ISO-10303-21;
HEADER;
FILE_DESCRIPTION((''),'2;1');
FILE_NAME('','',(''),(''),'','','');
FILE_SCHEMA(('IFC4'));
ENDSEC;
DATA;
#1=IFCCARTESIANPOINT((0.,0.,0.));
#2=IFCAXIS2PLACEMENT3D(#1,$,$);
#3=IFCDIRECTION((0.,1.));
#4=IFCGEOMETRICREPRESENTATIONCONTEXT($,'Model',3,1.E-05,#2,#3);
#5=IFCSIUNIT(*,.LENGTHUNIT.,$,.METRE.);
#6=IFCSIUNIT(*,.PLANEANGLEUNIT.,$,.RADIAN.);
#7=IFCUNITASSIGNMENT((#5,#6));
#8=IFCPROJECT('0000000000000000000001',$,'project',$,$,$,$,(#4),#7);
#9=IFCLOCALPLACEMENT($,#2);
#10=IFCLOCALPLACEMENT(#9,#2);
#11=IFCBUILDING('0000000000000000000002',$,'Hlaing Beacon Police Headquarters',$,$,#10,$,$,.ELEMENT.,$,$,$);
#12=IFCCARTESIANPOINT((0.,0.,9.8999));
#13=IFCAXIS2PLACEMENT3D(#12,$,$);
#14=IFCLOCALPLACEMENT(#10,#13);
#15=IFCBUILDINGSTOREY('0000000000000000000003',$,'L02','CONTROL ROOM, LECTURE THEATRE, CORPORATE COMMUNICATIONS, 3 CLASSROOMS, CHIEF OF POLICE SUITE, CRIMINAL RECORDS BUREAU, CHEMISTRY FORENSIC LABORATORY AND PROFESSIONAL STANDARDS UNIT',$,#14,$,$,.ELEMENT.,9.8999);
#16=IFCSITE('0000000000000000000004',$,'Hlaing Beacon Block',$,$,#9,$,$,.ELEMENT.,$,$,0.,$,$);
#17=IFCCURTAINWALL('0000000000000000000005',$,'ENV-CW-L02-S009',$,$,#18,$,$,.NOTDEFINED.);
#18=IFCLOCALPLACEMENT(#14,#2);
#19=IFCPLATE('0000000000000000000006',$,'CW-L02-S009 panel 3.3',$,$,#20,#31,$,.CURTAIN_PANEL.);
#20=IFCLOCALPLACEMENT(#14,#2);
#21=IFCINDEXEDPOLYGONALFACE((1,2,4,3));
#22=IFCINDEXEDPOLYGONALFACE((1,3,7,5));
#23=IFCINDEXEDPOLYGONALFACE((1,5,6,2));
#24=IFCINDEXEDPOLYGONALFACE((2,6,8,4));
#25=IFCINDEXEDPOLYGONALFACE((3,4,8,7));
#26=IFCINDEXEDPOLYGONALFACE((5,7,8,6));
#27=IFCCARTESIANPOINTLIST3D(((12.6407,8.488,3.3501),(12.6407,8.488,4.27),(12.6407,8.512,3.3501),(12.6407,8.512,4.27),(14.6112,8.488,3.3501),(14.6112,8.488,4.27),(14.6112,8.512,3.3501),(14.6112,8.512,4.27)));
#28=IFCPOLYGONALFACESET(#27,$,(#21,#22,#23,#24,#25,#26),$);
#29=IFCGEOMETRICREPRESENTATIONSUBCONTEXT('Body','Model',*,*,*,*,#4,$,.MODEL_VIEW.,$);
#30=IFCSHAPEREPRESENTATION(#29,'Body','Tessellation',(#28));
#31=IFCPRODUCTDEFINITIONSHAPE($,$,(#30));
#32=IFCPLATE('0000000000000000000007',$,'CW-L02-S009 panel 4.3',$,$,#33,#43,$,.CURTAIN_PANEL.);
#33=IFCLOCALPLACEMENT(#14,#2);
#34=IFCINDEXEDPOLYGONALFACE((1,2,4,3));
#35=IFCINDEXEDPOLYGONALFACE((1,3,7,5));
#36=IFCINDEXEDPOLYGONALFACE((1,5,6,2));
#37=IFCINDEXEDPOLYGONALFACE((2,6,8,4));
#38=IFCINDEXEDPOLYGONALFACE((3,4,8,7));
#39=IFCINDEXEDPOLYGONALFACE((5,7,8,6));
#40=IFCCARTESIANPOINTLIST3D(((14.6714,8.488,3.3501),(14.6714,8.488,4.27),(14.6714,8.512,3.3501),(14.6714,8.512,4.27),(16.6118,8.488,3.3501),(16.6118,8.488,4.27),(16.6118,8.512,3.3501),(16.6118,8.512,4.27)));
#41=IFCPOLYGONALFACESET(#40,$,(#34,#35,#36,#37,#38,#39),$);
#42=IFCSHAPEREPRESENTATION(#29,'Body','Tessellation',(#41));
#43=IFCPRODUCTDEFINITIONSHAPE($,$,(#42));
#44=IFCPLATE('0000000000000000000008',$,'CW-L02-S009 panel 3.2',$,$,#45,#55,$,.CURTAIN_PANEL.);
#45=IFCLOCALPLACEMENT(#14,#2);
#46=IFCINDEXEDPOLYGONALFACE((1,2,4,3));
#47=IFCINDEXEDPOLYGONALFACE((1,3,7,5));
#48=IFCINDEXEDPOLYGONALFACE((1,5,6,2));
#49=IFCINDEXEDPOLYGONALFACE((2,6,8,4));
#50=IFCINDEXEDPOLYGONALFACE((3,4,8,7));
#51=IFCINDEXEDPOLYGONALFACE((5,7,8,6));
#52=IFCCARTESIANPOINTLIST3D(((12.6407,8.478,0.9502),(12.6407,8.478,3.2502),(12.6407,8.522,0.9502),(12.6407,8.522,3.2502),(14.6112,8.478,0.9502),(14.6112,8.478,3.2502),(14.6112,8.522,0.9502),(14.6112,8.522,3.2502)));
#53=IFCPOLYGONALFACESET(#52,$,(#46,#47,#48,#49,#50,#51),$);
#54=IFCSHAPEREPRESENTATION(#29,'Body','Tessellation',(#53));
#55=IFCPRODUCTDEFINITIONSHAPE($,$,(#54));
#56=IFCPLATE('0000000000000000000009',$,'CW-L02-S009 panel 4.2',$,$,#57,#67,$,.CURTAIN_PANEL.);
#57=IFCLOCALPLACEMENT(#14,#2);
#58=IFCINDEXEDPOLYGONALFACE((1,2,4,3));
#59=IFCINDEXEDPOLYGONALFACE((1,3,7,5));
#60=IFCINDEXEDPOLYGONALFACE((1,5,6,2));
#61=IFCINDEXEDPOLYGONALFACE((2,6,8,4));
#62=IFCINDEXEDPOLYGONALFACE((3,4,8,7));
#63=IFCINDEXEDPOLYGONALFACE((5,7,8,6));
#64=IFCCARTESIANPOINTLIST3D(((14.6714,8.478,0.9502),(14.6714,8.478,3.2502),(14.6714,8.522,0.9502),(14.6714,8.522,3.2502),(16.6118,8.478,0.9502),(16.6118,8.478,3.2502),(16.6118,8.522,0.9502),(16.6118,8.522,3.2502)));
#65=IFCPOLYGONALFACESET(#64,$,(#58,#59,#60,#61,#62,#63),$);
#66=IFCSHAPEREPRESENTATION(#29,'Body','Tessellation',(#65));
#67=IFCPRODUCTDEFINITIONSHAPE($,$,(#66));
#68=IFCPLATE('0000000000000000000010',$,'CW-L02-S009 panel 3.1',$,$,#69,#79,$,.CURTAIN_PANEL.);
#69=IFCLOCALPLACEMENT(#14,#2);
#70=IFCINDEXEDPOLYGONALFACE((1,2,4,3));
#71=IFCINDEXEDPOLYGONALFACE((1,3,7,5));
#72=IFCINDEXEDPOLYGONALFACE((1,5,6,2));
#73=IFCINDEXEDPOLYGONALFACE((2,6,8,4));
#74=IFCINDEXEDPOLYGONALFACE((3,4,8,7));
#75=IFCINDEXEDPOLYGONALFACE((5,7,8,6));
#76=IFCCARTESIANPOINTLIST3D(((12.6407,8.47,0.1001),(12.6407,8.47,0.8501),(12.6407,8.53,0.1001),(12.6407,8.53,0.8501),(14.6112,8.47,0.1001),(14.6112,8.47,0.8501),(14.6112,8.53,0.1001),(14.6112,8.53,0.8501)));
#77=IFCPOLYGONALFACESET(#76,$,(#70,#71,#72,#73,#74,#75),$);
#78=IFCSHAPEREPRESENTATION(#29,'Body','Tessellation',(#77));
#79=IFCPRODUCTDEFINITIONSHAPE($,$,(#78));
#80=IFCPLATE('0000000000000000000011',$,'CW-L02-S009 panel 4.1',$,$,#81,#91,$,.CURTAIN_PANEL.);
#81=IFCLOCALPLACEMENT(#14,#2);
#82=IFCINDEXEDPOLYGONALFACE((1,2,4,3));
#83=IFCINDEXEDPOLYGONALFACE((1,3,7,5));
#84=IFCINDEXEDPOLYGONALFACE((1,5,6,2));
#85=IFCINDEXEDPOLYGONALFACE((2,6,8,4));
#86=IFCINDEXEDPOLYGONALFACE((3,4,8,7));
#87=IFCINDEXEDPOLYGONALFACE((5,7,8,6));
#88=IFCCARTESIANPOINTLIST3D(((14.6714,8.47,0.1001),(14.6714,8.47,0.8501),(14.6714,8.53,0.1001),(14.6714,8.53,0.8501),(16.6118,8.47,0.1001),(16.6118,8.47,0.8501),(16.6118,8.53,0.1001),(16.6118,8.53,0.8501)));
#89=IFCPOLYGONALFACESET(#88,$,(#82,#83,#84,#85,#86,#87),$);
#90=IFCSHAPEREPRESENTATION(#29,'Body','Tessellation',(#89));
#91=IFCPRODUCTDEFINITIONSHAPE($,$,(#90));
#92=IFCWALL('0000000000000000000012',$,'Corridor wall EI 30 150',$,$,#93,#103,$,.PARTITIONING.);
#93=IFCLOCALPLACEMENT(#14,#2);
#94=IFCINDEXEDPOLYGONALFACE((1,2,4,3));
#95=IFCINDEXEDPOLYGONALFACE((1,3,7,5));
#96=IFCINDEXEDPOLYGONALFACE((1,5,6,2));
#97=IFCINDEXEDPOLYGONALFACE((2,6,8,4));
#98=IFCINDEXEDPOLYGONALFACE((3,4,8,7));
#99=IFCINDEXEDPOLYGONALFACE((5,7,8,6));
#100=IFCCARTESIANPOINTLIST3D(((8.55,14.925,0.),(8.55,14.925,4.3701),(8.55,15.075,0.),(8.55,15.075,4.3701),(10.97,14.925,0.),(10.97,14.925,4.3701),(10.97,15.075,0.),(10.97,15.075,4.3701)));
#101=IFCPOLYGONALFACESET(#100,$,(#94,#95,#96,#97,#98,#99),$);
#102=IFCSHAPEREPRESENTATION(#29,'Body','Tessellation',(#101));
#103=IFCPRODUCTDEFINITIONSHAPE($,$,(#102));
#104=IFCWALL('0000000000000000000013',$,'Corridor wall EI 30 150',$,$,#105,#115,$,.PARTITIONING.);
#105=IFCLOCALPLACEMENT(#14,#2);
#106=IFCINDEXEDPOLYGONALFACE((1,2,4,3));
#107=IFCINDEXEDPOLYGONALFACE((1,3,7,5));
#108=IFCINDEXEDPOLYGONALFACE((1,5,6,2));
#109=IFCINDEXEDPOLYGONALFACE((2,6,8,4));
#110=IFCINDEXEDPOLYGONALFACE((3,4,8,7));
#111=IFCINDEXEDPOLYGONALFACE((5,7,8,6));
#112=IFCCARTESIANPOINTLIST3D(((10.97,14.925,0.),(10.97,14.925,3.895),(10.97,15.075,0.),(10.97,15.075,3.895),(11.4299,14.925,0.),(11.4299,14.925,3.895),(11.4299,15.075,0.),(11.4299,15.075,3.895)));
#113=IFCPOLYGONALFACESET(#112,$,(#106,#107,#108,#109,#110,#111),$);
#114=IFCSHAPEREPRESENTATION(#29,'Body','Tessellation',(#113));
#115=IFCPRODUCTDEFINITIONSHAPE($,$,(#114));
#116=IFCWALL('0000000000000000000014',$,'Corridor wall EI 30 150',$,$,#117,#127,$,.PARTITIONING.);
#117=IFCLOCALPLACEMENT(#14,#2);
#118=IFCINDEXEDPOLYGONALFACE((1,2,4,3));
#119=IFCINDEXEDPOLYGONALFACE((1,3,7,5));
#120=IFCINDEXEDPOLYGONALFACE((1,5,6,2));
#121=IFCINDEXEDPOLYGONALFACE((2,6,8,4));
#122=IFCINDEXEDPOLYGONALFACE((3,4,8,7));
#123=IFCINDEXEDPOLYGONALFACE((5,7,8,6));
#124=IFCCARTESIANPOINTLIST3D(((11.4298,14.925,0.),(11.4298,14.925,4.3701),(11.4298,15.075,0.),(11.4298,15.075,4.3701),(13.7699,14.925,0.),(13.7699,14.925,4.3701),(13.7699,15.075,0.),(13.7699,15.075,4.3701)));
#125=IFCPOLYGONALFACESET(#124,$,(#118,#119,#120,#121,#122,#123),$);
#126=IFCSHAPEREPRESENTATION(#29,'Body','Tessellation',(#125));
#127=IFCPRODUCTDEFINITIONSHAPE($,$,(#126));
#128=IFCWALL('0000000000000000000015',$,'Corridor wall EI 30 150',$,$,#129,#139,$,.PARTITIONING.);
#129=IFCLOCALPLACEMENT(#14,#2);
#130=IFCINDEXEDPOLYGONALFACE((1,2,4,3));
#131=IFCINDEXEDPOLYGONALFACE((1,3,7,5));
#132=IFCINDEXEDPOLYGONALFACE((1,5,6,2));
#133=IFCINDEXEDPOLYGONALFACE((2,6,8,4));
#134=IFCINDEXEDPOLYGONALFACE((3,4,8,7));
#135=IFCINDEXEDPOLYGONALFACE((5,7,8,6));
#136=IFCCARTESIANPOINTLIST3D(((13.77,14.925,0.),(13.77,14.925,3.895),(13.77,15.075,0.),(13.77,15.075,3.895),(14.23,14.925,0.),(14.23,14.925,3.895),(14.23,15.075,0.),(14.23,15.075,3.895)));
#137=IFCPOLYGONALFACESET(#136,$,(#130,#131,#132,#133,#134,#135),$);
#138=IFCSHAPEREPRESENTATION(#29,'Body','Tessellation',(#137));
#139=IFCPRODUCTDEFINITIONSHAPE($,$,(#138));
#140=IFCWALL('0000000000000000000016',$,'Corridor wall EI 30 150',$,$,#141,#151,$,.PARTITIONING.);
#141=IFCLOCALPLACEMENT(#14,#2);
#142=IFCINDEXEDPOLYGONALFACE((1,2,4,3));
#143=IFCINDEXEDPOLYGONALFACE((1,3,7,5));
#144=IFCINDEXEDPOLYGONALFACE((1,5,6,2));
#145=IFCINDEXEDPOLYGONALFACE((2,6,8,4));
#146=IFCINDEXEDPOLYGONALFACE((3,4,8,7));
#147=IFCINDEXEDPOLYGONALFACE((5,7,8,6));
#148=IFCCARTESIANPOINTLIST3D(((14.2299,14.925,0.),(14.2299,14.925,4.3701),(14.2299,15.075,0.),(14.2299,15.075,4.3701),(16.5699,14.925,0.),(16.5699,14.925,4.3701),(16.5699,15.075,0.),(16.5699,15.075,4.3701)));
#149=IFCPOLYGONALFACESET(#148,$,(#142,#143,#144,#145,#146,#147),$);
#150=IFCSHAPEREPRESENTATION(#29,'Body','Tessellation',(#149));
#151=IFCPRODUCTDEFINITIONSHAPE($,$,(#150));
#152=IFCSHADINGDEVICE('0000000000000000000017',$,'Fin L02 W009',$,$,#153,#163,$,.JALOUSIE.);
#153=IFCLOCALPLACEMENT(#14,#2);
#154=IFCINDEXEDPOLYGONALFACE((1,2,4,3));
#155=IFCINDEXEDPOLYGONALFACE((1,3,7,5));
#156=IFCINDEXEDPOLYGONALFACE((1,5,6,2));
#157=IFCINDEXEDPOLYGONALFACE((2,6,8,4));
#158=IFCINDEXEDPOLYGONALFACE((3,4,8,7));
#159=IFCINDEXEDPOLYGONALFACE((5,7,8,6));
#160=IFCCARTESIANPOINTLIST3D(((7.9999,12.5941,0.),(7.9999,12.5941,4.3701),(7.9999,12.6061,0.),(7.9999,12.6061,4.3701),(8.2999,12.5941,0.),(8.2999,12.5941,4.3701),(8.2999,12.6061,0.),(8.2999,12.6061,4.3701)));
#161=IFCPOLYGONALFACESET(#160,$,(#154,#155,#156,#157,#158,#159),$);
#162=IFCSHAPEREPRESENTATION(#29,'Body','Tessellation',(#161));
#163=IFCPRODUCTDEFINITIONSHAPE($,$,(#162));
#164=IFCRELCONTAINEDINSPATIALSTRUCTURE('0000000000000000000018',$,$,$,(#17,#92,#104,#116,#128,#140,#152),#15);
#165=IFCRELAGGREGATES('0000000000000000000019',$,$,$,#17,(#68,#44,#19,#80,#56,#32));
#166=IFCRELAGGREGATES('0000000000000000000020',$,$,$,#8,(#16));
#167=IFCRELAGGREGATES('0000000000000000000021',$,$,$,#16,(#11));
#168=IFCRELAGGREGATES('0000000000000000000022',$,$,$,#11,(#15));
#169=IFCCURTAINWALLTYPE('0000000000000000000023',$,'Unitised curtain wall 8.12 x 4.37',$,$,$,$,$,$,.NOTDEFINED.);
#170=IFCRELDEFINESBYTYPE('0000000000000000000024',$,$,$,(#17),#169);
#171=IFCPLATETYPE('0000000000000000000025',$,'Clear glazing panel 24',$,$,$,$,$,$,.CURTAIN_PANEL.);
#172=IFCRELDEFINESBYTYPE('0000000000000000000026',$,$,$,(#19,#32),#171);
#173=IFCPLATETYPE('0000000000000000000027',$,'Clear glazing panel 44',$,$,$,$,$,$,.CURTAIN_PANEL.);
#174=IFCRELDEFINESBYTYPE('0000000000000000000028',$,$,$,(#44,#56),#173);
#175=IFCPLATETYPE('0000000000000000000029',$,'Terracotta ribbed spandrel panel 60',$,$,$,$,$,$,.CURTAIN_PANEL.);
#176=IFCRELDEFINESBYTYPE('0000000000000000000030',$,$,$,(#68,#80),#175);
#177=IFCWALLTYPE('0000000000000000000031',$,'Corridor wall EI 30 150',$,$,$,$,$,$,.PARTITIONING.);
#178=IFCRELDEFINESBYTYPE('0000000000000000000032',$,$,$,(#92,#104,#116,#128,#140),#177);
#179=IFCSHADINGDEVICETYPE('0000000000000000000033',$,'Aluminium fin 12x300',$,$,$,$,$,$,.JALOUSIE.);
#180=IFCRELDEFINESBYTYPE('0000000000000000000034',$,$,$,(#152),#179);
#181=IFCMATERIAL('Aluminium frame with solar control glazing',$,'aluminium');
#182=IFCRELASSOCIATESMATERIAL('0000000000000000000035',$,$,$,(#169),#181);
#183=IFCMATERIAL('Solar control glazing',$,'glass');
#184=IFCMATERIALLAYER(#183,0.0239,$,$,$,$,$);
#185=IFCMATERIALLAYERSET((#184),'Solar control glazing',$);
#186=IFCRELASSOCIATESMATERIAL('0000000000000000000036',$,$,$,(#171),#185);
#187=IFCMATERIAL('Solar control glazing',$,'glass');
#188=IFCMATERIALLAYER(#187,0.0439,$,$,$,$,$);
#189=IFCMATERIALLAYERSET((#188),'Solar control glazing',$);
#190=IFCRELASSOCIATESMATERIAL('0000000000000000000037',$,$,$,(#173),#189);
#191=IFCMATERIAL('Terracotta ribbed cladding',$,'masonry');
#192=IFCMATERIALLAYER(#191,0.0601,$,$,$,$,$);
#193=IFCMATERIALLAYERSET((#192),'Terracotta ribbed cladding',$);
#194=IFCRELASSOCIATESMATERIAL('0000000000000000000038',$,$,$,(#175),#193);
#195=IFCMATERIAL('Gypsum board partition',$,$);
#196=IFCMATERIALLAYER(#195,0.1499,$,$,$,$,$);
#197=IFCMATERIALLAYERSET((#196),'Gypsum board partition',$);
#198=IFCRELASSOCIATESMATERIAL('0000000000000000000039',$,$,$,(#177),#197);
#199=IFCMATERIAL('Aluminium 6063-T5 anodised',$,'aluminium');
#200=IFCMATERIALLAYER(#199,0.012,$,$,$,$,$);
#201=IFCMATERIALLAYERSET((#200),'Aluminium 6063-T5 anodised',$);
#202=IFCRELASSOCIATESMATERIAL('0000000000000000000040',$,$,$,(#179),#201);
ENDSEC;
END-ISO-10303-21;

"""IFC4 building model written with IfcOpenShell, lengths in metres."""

from ifc_helpers import new_model, si_unit, direction, frame, frame_2d, origin, origin_2d, place, context, subcontext, project, spatial, rectangle, extrude, material, layer, layer_set, type_object, element, aggregate, save


model = new_model("IFC4")

# Units and contexts
model_context = context("Model", 3, precision=1e-05, world=origin(), true_north=direction((0.0, 1.0)))
body_context = subcontext(model_context, "Body", "Model", "MODEL_VIEW")
ifc_project = project(units=[si_unit("LENGTHUNIT", "METRE"), si_unit("PLANEANGLEUNIT", "RADIAN")], contexts=[model_context])

# Site, building, storey
site_placement = place(None, origin())
site = spatial("IfcSite", under=ifc_project, at=site_placement, Name="Hlaing Beacon Block", CompositionType="ELEMENT", RefElevation=0.0)
building_placement = place(site_placement, origin())
building = spatial("IfcBuilding", under=site, at=building_placement, Name="Hlaing Beacon Police Headquarters", CompositionType="ELEMENT")
storey_placement = place(building_placement, frame((0.0, 0.0, 9.8999)))
storey = spatial("IfcBuildingStorey", under=building, at=storey_placement, Name="L02", Description="CONTROL ROOM, LECTURE THEATRE, CORPORATE COMMUNICATIONS, 3 CLASSROOMS, CHIEF OF POLICE SUITE, CRIMINAL RECORDS BUREAU, CHEMISTRY FORENSIC LABORATORY AND PROFESSIONAL STANDARDS UNIT", CompositionType="ELEMENT", Elevation=9.8999)

# Curtain wall, plates
ifc_material_1 = material(Name="Aluminium frame with solar control glazing", Category="aluminium")
curtain_wall_type = type_object("IfcCurtainWallType", Name="Unitised curtain wall 8.12 x 4.37", PredefinedType="NOTDEFINED", material=ifc_material_1)
curtain_wall_placement = place(storey_placement, origin())
curtain_wall = element("IfcCurtainWall", 1, at=curtain_wall_placement, inside=storey, type_object=curtain_wall_type, Name="ENV-CW-L02-S009", PredefinedType="NOTDEFINED")
ifc_material_2 = material(Name="Solar control glazing", Category="glass")
ifc_layer_1 = layer(ifc_material_2, 0.0239)
ifc_layer_set_1 = layer_set([ifc_layer_1], Name="Solar control glazing")
plate_type_1 = type_object("IfcPlateType", Name="Clear glazing panel 24", PredefinedType="CURTAIN_PANEL", material=ifc_layer_set_1)
plate_1_placement = place(storey_placement, frame((13.626, 8.5, 3.3501), z_axis=(0.0, 0.0, 1.0), x_axis=(1.0, 0.0, 0.0)))
plate_1 = element("IfcPlate", 2, at=plate_1_placement, type_object=plate_type_1, Name="CW-L02-S009 panel 3.3", PredefinedType="CURTAIN_PANEL", context=body_context, shape_type="SweptSolid", body=[
    extrude(rectangle(XDim=1.9705, YDim=0.0239, at=origin_2d()), origin(), (0.0, 0.0, 1.0), 0.9199),
])
plate_2_placement = place(storey_placement, frame((15.6416, 8.5, 3.3501), z_axis=(0.0, 0.0, 1.0), x_axis=(1.0, 0.0, 0.0)))
plate_2 = element("IfcPlate", 3, at=plate_2_placement, type_object=plate_type_1, Name="CW-L02-S009 panel 4.3", PredefinedType="CURTAIN_PANEL", context=body_context, shape_type="SweptSolid", body=[
    extrude(rectangle(XDim=1.9404, YDim=0.0239, at=origin_2d()), origin(), (0.0, 0.0, 1.0), 0.9199),
])
ifc_material_3 = material(Name="Solar control glazing", Category="glass")
ifc_layer_2 = layer(ifc_material_3, 0.0439)
ifc_layer_set_2 = layer_set([ifc_layer_2], Name="Solar control glazing")
plate_type_2 = type_object("IfcPlateType", Name="Clear glazing panel 44", PredefinedType="CURTAIN_PANEL", material=ifc_layer_set_2)
plate_3_placement = place(storey_placement, frame((13.626, 8.5, 0.9502), z_axis=(0.0, 0.0, 1.0), x_axis=(1.0, 0.0, 0.0)))
plate_3 = element("IfcPlate", 4, at=plate_3_placement, type_object=plate_type_2, Name="CW-L02-S009 panel 3.2", PredefinedType="CURTAIN_PANEL", context=body_context, shape_type="SweptSolid", body=[
    extrude(rectangle(XDim=1.9705, YDim=0.0439, at=origin_2d()), origin(), (0.0, 0.0, 1.0), 2.3),
])
plate_4_placement = place(storey_placement, frame((15.6416, 8.5, 0.9502), z_axis=(0.0, 0.0, 1.0), x_axis=(1.0, 0.0, 0.0)))
plate_4 = element("IfcPlate", 5, at=plate_4_placement, type_object=plate_type_2, Name="CW-L02-S009 panel 4.2", PredefinedType="CURTAIN_PANEL", context=body_context, shape_type="SweptSolid", body=[
    extrude(rectangle(XDim=1.9404, YDim=0.0439, at=origin_2d()), origin(), (0.0, 0.0, 1.0), 2.3),
])
ifc_material_4 = material(Name="Terracotta ribbed cladding", Category="masonry")
ifc_layer_3 = layer(ifc_material_4, 0.0601)
ifc_layer_set_3 = layer_set([ifc_layer_3], Name="Terracotta ribbed cladding")
plate_type_3 = type_object("IfcPlateType", Name="Terracotta ribbed spandrel panel 60", PredefinedType="CURTAIN_PANEL", material=ifc_layer_set_3)
plate_5_placement = place(storey_placement, frame((13.626, 8.5, 0.1001), z_axis=(0.0, 0.0, 1.0), x_axis=(1.0, 0.0, 0.0)))
plate_5 = element("IfcPlate", 6, at=plate_5_placement, type_object=plate_type_3, Name="CW-L02-S009 panel 3.1", PredefinedType="CURTAIN_PANEL", context=body_context, shape_type="SweptSolid", body=[
    extrude(rectangle(XDim=1.9705, YDim=0.0601, at=origin_2d()), origin(), (0.0, 0.0, 1.0), 0.75),
])
plate_6_placement = place(storey_placement, frame((15.6416, 8.5, 0.1001), z_axis=(0.0, 0.0, 1.0), x_axis=(1.0, 0.0, 0.0)))
plate_6 = element("IfcPlate", 7, at=plate_6_placement, type_object=plate_type_3, Name="CW-L02-S009 panel 4.1", PredefinedType="CURTAIN_PANEL", context=body_context, shape_type="SweptSolid", body=[
    extrude(rectangle(XDim=1.9404, YDim=0.0601, at=origin_2d()), origin(), (0.0, 0.0, 1.0), 0.75),
])
aggregate(curtain_wall, [plate_5, plate_3, plate_1, plate_6, plate_4, plate_2])

# Walls
ifc_material_5 = material(Name="Gypsum board partition")
ifc_layer_4 = layer(ifc_material_5, 0.1499)
ifc_layer_set_4 = layer_set([ifc_layer_4], Name="Gypsum board partition")
wall_type = type_object("IfcWallType", Name="Corridor wall EI 30 150", PredefinedType="PARTITIONING", material=ifc_layer_set_4)
wall_1_placement = place(storey_placement, frame((8.55, 15.0, 0.0), z_axis=(0.0, 0.0, 1.0), x_axis=(1.0, 0.0, 0.0)))
element("IfcWall", 8, at=wall_1_placement, inside=storey, type_object=wall_type, Name="Corridor wall EI 30 150", PredefinedType="PARTITIONING", context=body_context, shape_type="SweptSolid", body=[
    extrude(rectangle(XDim=2.4199, YDim=0.1499, at=frame_2d((1.21, 0.0))), origin(), (0.0, 0.0, 1.0), 4.3701),
])
wall_2_placement = place(storey_placement, frame((10.97, 15.0, 0.0), z_axis=(0.0, 0.0, 1.0), x_axis=(1.0, 0.0, 0.0)))
element("IfcWall", 9, at=wall_2_placement, inside=storey, type_object=wall_type, Name="Corridor wall EI 30 150", PredefinedType="PARTITIONING", context=body_context, shape_type="SweptSolid", body=[
    extrude(rectangle(XDim=0.46, YDim=0.1499, at=frame_2d((0.23, 0.0))), origin(), (0.0, 0.0, 1.0), 3.895),
])
wall_3_placement = place(storey_placement, frame((11.4299, 15.0, 0.0), z_axis=(0.0, 0.0, 1.0), x_axis=(1.0, 0.0, 0.0)))
element("IfcWall", 10, at=wall_3_placement, inside=storey, type_object=wall_type, Name="Corridor wall EI 30 150", PredefinedType="PARTITIONING", context=body_context, shape_type="SweptSolid", body=[
    extrude(rectangle(XDim=2.3401, YDim=0.1499, at=frame_2d((1.1699, 0.0))), origin(), (0.0, 0.0, 1.0), 4.3701),
])
wall_4_placement = place(storey_placement, frame((13.77, 15.0, 0.0), z_axis=(0.0, 0.0, 1.0), x_axis=(1.0, 0.0, 0.0)))
element("IfcWall", 11, at=wall_4_placement, inside=storey, type_object=wall_type, Name="Corridor wall EI 30 150", PredefinedType="PARTITIONING", context=body_context, shape_type="SweptSolid", body=[
    extrude(rectangle(XDim=0.46, YDim=0.1499, at=frame_2d((0.23, 0.0))), origin(), (0.0, 0.0, 1.0), 3.895),
])
wall_5_placement = place(storey_placement, frame((14.23, 15.0, 0.0), z_axis=(0.0, 0.0, 1.0), x_axis=(1.0, 0.0, 0.0)))
element("IfcWall", 12, at=wall_5_placement, inside=storey, type_object=wall_type, Name="Corridor wall EI 30 150", PredefinedType="PARTITIONING", context=body_context, shape_type="SweptSolid", body=[
    extrude(rectangle(XDim=2.3401, YDim=0.1499, at=frame_2d((1.1699, 0.0))), origin(), (0.0, 0.0, 1.0), 4.3701),
])

# Shading device
ifc_material_6 = material(Name="Aluminium 6063-T5 anodised", Category="aluminium")
ifc_layer_5 = layer(ifc_material_6, 0.012)
ifc_layer_set_5 = layer_set([ifc_layer_5], Name="Aluminium 6063-T5 anodised")
shading_device_type = type_object("IfcShadingDeviceType", Name="Aluminium fin 12x300", PredefinedType="JALOUSIE", material=ifc_layer_set_5)
shading_device_placement = place(storey_placement, frame((8.1499, 12.6001, 0.0), z_axis=(0.0, 0.0, 1.0), x_axis=(0.0, -1.0, 0.0)))
element("IfcShadingDevice", 13, at=shading_device_placement, inside=storey, type_object=shading_device_type, Name="Fin L02 W009", PredefinedType="JALOUSIE", context=body_context, shape_type="SweptSolid", body=[
    extrude(rectangle(XDim=0.012, YDim=0.3, at=origin_2d()), origin(), (0.0, 0.0, 1.0), 4.3701),
])

save(model, "model.ifc")
